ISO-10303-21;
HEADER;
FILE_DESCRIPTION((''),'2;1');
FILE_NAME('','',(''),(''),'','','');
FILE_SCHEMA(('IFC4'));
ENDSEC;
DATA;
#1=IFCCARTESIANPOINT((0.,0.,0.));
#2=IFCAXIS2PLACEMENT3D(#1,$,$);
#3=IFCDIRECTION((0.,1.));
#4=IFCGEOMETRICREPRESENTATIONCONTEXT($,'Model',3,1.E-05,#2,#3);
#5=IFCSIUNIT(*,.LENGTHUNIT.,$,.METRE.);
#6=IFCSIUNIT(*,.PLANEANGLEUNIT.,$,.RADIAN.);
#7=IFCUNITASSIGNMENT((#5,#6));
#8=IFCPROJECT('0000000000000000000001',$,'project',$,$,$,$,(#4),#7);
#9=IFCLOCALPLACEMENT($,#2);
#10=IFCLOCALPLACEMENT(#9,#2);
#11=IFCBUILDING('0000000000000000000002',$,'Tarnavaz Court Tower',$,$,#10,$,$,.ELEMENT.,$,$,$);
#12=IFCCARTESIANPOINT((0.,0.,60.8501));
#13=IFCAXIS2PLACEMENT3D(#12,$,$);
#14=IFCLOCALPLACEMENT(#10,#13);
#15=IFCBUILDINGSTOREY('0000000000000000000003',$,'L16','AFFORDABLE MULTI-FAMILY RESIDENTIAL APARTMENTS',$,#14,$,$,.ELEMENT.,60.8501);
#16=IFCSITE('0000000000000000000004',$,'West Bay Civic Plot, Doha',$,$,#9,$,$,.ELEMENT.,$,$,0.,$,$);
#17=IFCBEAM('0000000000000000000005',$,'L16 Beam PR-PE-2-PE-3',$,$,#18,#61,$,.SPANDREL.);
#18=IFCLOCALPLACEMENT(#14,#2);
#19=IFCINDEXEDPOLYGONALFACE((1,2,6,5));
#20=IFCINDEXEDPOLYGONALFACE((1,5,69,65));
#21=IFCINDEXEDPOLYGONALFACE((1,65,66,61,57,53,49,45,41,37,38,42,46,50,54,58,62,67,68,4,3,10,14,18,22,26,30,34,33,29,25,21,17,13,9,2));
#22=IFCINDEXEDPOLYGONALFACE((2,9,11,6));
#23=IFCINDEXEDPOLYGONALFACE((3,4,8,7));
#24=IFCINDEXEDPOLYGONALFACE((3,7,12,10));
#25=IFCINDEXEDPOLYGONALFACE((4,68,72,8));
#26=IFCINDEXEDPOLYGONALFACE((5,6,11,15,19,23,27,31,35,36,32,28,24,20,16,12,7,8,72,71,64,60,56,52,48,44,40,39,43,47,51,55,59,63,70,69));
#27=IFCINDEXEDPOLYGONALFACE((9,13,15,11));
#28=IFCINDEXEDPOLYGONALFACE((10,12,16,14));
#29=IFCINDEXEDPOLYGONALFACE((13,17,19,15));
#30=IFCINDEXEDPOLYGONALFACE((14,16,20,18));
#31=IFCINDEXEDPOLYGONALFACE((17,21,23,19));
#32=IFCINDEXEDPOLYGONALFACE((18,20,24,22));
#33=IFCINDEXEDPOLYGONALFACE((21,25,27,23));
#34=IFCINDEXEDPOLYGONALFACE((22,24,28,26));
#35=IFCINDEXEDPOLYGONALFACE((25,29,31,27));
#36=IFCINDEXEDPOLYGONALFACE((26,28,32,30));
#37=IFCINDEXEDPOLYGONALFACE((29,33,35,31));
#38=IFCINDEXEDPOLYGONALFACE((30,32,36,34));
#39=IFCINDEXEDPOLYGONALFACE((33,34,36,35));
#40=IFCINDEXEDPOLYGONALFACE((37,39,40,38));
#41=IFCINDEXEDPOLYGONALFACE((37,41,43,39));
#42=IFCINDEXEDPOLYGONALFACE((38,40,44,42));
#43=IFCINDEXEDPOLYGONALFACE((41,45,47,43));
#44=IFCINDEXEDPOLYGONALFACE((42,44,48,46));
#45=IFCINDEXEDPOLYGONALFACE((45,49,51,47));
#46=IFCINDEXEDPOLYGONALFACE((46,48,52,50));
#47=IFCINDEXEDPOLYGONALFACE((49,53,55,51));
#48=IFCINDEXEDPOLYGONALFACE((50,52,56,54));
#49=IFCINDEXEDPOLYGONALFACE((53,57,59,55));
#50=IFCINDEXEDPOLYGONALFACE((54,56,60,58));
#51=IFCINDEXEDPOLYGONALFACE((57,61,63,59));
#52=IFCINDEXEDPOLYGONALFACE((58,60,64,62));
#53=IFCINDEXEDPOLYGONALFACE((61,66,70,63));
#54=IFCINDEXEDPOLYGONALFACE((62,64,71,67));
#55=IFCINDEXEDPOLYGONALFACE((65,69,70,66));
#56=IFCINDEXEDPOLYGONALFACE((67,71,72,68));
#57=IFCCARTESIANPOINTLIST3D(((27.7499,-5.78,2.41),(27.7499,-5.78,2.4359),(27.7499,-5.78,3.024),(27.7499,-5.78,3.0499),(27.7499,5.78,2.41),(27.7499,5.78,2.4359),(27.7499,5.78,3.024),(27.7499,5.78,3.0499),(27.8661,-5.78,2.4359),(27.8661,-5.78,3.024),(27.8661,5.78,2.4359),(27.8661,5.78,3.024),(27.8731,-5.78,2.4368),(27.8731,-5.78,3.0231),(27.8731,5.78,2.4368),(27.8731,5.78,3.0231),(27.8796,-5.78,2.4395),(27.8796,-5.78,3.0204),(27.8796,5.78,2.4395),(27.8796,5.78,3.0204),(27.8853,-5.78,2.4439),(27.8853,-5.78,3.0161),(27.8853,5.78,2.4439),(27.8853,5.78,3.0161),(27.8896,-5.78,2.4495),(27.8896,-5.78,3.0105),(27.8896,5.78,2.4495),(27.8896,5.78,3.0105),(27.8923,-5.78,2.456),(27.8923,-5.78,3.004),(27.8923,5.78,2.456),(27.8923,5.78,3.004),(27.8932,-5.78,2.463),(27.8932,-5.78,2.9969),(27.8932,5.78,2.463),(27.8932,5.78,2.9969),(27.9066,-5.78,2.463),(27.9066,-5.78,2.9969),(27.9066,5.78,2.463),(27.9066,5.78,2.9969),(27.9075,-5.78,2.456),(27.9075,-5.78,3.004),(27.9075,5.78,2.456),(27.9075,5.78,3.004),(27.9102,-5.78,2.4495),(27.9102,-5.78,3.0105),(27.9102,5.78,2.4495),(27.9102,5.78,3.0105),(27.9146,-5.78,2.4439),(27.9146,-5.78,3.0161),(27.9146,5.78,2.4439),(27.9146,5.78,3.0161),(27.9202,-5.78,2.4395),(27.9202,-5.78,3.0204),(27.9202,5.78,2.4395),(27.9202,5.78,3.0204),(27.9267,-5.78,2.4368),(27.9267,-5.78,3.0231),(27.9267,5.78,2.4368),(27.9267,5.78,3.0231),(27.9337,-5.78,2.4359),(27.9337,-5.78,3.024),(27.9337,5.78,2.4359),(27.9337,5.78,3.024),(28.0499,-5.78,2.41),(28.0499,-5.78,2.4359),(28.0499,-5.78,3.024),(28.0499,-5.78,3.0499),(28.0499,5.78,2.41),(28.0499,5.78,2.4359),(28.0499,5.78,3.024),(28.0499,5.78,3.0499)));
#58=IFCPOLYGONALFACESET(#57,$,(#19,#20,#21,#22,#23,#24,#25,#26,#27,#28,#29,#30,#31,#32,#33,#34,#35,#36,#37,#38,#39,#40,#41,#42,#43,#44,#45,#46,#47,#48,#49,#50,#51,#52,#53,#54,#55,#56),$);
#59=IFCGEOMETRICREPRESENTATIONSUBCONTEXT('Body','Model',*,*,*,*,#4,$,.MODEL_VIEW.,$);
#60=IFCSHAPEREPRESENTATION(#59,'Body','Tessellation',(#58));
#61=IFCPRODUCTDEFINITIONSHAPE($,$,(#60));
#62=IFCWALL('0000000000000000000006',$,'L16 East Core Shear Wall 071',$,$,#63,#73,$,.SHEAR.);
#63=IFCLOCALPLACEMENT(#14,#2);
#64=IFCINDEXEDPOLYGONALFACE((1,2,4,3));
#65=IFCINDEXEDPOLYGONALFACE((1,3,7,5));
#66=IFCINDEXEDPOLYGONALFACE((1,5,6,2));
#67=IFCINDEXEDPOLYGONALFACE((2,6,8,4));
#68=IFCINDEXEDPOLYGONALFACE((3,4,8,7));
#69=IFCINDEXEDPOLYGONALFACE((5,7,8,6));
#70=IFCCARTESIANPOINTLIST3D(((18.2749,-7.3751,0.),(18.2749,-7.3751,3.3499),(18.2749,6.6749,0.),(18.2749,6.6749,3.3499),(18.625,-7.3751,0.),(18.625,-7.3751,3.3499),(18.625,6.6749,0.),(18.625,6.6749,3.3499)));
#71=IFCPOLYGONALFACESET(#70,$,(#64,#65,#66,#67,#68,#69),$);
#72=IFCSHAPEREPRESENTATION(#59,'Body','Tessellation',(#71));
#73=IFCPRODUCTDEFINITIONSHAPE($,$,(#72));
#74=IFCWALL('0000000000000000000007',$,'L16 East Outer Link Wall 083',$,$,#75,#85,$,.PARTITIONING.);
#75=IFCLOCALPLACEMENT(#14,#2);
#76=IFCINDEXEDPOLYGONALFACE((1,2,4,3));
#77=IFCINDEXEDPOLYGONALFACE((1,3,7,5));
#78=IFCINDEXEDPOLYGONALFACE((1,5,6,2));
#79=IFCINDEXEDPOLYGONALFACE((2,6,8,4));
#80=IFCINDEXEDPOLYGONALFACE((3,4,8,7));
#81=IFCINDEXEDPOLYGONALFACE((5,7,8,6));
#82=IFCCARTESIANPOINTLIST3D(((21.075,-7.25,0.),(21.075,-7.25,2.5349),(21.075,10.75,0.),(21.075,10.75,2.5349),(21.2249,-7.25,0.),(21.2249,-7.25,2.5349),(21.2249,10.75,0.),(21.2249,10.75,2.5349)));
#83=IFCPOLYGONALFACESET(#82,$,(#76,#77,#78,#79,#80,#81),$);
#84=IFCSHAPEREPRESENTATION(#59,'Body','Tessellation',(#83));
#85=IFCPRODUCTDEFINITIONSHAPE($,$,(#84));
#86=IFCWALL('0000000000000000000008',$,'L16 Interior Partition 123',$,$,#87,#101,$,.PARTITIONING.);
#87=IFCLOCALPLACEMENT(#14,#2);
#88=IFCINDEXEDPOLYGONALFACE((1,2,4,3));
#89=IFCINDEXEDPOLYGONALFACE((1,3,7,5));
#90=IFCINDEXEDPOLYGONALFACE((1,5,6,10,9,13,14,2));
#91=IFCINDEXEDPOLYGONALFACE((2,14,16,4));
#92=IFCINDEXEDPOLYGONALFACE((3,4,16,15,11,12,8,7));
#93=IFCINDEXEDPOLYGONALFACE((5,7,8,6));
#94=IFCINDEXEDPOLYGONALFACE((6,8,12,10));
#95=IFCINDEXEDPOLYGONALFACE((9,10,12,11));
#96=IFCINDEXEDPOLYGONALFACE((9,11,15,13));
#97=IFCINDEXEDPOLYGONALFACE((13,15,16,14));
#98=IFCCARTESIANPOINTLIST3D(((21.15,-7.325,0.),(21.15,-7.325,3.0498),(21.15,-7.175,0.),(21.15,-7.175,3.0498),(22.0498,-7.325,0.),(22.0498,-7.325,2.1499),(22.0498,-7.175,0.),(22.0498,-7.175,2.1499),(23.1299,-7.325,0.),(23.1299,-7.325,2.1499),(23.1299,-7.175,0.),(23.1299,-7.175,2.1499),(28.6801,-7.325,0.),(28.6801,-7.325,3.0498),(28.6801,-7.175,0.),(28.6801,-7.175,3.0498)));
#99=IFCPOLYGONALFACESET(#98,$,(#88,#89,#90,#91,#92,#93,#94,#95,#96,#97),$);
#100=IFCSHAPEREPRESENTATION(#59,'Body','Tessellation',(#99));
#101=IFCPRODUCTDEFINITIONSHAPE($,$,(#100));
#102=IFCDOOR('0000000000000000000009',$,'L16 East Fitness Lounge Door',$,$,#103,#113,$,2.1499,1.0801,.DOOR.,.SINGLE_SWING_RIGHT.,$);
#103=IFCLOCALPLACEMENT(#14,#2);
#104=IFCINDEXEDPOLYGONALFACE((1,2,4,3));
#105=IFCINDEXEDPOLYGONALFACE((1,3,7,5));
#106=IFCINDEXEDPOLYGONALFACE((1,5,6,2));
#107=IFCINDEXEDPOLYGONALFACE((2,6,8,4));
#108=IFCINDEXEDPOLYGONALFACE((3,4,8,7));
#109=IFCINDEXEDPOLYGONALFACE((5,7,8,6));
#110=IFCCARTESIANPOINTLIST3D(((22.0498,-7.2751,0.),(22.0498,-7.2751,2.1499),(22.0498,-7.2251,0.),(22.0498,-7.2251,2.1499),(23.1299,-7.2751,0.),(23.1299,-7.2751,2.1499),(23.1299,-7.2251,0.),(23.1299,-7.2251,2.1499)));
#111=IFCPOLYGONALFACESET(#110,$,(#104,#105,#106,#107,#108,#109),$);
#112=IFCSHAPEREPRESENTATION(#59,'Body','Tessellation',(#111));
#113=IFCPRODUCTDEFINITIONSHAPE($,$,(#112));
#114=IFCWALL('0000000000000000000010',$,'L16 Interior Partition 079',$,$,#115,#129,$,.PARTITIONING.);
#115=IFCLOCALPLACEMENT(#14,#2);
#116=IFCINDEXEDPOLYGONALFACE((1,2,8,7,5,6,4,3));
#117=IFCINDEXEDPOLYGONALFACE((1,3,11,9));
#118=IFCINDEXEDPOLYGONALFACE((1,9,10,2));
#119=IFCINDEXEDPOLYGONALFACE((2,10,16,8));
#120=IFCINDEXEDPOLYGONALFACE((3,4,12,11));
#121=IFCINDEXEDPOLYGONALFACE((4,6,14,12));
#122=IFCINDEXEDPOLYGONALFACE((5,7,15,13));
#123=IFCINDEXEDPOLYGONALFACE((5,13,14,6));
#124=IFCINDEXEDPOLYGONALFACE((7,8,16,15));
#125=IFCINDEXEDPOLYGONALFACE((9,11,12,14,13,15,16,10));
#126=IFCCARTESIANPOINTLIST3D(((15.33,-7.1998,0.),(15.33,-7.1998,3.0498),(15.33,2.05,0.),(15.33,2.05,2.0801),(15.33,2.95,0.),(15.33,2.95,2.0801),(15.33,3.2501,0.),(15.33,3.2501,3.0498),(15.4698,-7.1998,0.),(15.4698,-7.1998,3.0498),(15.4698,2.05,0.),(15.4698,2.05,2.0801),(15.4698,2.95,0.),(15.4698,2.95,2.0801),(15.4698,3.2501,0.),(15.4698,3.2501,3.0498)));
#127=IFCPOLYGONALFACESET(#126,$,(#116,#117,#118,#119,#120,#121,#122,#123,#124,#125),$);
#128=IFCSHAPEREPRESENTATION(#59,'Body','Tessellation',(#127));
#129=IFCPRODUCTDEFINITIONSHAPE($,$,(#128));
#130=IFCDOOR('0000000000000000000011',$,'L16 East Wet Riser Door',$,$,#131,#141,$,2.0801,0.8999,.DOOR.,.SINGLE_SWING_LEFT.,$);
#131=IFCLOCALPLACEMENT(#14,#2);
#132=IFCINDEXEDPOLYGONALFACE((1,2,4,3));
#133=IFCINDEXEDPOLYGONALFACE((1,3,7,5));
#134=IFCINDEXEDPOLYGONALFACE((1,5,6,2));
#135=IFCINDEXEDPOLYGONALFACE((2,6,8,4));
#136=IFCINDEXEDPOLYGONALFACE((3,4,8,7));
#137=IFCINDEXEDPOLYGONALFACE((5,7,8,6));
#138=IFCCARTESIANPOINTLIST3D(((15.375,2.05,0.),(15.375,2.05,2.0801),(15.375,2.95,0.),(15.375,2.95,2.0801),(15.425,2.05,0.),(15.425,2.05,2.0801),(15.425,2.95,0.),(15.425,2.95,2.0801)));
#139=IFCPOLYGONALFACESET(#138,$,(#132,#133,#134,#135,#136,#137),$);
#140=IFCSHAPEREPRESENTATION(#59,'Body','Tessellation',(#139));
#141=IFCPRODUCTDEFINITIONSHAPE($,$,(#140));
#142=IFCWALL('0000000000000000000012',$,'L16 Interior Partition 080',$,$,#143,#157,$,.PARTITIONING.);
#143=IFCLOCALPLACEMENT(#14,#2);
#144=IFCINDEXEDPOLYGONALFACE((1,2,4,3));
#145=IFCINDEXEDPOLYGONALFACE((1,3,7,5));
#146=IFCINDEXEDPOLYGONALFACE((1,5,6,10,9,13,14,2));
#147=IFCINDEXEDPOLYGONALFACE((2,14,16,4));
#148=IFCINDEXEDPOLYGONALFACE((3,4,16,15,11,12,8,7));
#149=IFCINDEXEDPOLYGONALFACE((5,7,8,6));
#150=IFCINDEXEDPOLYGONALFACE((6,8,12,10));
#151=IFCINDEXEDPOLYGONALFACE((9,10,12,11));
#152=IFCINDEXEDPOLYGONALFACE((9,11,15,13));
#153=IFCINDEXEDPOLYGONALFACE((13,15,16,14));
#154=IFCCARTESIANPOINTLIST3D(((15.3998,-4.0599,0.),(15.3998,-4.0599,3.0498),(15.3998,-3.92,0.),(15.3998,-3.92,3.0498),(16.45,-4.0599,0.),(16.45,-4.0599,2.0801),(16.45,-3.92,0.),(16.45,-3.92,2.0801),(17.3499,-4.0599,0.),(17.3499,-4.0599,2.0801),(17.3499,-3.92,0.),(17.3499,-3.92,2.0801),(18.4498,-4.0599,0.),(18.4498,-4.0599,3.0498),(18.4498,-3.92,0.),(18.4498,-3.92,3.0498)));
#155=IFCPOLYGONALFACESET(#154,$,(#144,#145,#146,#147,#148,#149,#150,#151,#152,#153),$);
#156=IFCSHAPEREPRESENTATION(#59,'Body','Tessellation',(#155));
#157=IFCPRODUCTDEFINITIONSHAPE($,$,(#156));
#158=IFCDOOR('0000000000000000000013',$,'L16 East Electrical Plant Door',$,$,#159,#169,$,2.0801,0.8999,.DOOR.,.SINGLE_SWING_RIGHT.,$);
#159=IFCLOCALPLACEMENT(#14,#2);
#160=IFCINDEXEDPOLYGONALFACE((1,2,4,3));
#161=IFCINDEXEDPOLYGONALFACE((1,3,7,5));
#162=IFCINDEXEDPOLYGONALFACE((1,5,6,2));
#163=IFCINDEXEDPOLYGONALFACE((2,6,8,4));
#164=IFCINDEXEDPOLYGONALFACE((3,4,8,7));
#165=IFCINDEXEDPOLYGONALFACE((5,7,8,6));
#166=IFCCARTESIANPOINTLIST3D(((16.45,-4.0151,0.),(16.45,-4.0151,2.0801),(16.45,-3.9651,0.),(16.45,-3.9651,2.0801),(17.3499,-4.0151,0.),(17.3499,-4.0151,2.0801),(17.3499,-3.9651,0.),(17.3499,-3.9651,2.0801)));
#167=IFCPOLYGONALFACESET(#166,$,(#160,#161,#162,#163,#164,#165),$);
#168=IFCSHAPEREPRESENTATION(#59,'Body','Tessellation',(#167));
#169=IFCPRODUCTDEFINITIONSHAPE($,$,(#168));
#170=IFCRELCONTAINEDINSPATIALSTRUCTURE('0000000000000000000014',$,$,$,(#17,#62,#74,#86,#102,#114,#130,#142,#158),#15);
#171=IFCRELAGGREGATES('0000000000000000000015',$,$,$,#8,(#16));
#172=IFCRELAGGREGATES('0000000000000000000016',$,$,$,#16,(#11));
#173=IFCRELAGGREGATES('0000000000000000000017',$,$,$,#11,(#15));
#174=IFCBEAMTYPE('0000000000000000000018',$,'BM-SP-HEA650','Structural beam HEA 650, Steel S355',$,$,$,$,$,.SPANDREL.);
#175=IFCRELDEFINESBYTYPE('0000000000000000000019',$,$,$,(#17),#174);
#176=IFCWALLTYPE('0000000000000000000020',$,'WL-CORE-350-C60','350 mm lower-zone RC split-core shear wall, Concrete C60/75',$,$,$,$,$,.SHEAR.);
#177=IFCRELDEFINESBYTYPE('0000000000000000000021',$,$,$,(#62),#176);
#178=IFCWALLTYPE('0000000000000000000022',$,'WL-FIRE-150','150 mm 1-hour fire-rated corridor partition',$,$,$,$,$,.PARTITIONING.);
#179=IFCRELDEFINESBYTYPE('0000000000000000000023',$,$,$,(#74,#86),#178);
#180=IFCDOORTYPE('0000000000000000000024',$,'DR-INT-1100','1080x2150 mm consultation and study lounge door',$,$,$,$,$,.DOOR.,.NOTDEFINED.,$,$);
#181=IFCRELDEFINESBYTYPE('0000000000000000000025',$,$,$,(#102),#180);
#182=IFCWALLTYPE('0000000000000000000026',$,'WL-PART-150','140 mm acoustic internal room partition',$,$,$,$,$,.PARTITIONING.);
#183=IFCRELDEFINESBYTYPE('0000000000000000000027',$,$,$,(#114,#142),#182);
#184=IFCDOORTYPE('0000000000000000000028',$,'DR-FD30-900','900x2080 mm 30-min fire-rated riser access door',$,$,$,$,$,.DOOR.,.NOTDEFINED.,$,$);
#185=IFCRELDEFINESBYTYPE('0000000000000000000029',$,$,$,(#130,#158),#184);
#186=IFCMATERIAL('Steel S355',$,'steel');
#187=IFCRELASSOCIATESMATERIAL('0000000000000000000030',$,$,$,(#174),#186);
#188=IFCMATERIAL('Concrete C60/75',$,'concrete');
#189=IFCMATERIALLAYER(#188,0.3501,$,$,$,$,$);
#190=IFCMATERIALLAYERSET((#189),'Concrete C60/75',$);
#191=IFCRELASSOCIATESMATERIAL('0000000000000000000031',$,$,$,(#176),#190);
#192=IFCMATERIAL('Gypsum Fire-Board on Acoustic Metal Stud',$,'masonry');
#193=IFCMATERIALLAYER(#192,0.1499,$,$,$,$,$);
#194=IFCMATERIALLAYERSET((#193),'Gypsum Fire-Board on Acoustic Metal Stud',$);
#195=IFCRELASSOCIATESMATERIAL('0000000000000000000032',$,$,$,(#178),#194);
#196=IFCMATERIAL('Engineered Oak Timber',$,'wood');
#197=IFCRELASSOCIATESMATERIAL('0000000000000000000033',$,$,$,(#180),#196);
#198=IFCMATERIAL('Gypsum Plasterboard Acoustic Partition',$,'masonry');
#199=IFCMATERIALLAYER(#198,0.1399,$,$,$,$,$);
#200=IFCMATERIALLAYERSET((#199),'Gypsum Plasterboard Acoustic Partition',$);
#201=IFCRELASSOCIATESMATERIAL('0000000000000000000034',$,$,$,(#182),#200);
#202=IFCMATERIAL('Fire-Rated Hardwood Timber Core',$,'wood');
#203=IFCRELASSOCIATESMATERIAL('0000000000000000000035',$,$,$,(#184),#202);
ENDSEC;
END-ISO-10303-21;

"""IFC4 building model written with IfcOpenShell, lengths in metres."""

from ifc_helpers import new_model, si_unit, direction, frame, frame_2d, origin, origin_2d, place, context, subcontext, project, spatial, rectangle, i_section, extrude, material, layer, layer_set, material_profile, profile_set, type_object, element, fill, save


model = new_model("IFC4")

# Units and contexts
model_context = context("Model", 3, precision=1e-05, world=origin(), true_north=direction((0.0, 1.0)))
body_context = subcontext(model_context, "Body", "Model", "MODEL_VIEW")
ifc_project = project(units=[si_unit("LENGTHUNIT", "METRE"), si_unit("PLANEANGLEUNIT", "RADIAN")], contexts=[model_context])

# Site, building, storey
site_placement = place(None, origin())
site = spatial("IfcSite", under=ifc_project, at=site_placement, Name="West Bay Civic Plot, Doha", CompositionType="ELEMENT", RefElevation=0.0)
building_placement = place(site_placement, origin())
building = spatial("IfcBuilding", under=site, at=building_placement, Name="Tarnavaz Court Tower", CompositionType="ELEMENT")
storey_placement = place(building_placement, frame((0.0, 0.0, 60.8501)))
storey = spatial("IfcBuildingStorey", under=building, at=storey_placement, Name="L16", Description="AFFORDABLE MULTI-FAMILY RESIDENTIAL APARTMENTS", CompositionType="ELEMENT", Elevation=60.8501)

# Shared definitions
ifc_material_1 = material(Name="Concrete C60/75", Category="concrete")

# Beam
ifc_material_2 = material(Name="Steel S355", Category="steel")
ifc_material_profile_1 = material_profile(ifc_material_2, i_section(OverallWidth=0.3, OverallDepth=0.6399, WebThickness=0.0134, FlangeThickness=0.0259, FilletRadius=0.0271, at=origin_2d()), Name="HEA 650")
ifc_profile_set_1 = profile_set([ifc_material_profile_1], Name="Steel S355")
beam_type_1 = type_object("IfcBeamType", Name="BM-SP-HEA650", Description="Structural beam HEA 650, Steel S355", PredefinedType="SPANDREL", material=ifc_profile_set_1)
beam_1_placement = place(storey_placement, frame((27.8999, -5.78, 2.73), z_axis=(0.0, 1.0, 0.0), x_axis=(-1.0, 0.0, 0.0)))
element("IfcBeam", 1, at=beam_1_placement, inside=storey, type_object=beam_type_1, Name="L16 Beam PR-PE-2-PE-3", PredefinedType="SPANDREL", context=body_context, shape_type="SweptSolid", body=[
    extrude(i_section(OverallWidth=0.3, OverallDepth=0.6399, WebThickness=0.0134, FlangeThickness=0.0259, FilletRadius=0.0271, at=origin_2d()), origin(), (0.0, 0.0, 1.0), 11.5601),
])

# Walls
ifc_layer_1 = layer(ifc_material_1, 0.3501)
ifc_layer_set_1 = layer_set([ifc_layer_1], Name="Concrete C60/75")
wall_type_1 = type_object("IfcWallType", Name="WL-CORE-350-C60", Description="350 mm lower-zone RC split-core shear wall, Concrete C60/75", PredefinedType="SHEAR", material=ifc_layer_set_1)
wall_1_placement = place(storey_placement, frame((18.45, -7.375, 0.0), z_axis=(0.0, 0.0, 1.0), x_axis=(0.0, 1.0, 0.0)))
element("IfcWall", 2, at=wall_1_placement, inside=storey, type_object=wall_type_1, Name="L16 East Core Shear Wall 071", PredefinedType="SHEAR", context=body_context, shape_type="SweptSolid", body=[
    extrude(rectangle(XDim=14.05, YDim=0.3501, at=frame_2d((7.0249, 0.0))), origin(), (0.0, 0.0, 1.0), 3.3499),
])
ifc_material_3 = material(Name="Gypsum Fire-Board on Acoustic Metal Stud", Category="masonry")
ifc_layer_2 = layer(ifc_material_3, 0.1499)
ifc_layer_set_2 = layer_set([ifc_layer_2], Name="Gypsum Fire-Board on Acoustic Metal Stud")
wall_type_2 = type_object("IfcWallType", Name="WL-FIRE-150", Description="150 mm 1-hour fire-rated corridor partition", PredefinedType="PARTITIONING", material=ifc_layer_set_2)
wall_2_placement = place(storey_placement, frame((21.1499, -7.25, 0.0), z_axis=(0.0, 0.0, 1.0), x_axis=(0.0, 1.0, 0.0)))
element("IfcWall", 3, at=wall_2_placement, inside=storey, type_object=wall_type_2, Name="L16 East Outer Link Wall 083", PredefinedType="PARTITIONING", context=body_context, shape_type="SweptSolid", body=[
    extrude(rectangle(XDim=18.0, YDim=0.1499, at=frame_2d((9.0, 0.0))), origin(), (0.0, 0.0, 1.0), 2.5349),
])

# Walls, openings, doors
wall_3_placement = place(storey_placement, frame((21.1499, -7.25, 0.0), z_axis=(0.0, 0.0, 1.0), x_axis=(1.0, 0.0, 0.0)))
wall_3 = element("IfcWall", 4, at=wall_3_placement, inside=storey, type_object=wall_type_2, Name="L16 Interior Partition 123", PredefinedType="PARTITIONING", context=body_context, shape_type="SweptSolid", body=[
    extrude(rectangle(XDim=7.53, YDim=0.1499, at=frame_2d((3.7651, 0.0))), origin(), (0.0, 0.0, 1.0), 3.0498),
])
opening_1_placement = place(wall_3_placement, frame((0.8999, 0.0, 0.0)))
opening_1 = element("IfcOpeningElement", 5, at=opening_1_placement, cuts=wall_3, PredefinedType="OPENING", context=body_context, shape_type="SweptSolid", body=[
    extrude(rectangle(XDim=1.0801, YDim=2.1499, at=frame_2d((0.54, 1.075))), frame((0.0, 0.085, 0.0), z_axis=(0.0, -1.0, 0.0), x_axis=(1.0, 0.0, 0.0)), (0.0, 0.0, 1.0), 0.1699),
])
ifc_material_4 = material(Name="Engineered Oak Timber", Category="wood")
door_type_1 = type_object("IfcDoorType", Name="DR-INT-1100", Description="1080x2150 mm consultation and study lounge door", OperationType="NOTDEFINED", PredefinedType="DOOR", material=ifc_material_4)
door_1_placement = place(opening_1_placement, origin())
door_1 = element("IfcDoor", 6, at=door_1_placement, inside=storey, type_object=door_type_1, Name="L16 East Fitness Lounge Door", OperationType="SINGLE_SWING_RIGHT", OverallHeight=2.1499, OverallWidth=1.0801, PredefinedType="DOOR", context=body_context, shape_type="SweptSolid", body=[
    extrude(rectangle(XDim=1.0801, YDim=2.1499, at=frame_2d((0.54, 1.075))), frame((0.0, 0.0249, 0.0), z_axis=(0.0, -1.0, 0.0), x_axis=(1.0, 0.0, 0.0)), (0.0, 0.0, 1.0), 0.05),
])
fill(opening_1, door_1)
ifc_material_5 = material(Name="Gypsum Plasterboard Acoustic Partition", Category="masonry")
ifc_layer_3 = layer(ifc_material_5, 0.1399)
ifc_layer_set_3 = layer_set([ifc_layer_3], Name="Gypsum Plasterboard Acoustic Partition")
wall_type_3 = type_object("IfcWallType", Name="WL-PART-150", Description="140 mm acoustic internal room partition", PredefinedType="PARTITIONING", material=ifc_layer_set_3)
wall_4_placement = place(storey_placement, frame((15.3999, -7.2, 0.0), z_axis=(0.0, 0.0, 1.0), x_axis=(0.0, 1.0, 0.0)))
wall_4 = element("IfcWall", 7, at=wall_4_placement, inside=storey, type_object=wall_type_3, Name="L16 Interior Partition 079", PredefinedType="PARTITIONING", context=body_context, shape_type="SweptSolid", body=[
    extrude(rectangle(XDim=10.45, YDim=0.1399, at=frame_2d((5.2251, 0.0))), origin(), (0.0, 0.0, 1.0), 3.0498),
])
opening_2_placement = place(wall_4_placement, frame((9.25, 0.0, 0.0)))
opening_2 = element("IfcOpeningElement", 8, at=opening_2_placement, cuts=wall_4, PredefinedType="OPENING", context=body_context, shape_type="SweptSolid", body=[
    extrude(rectangle(XDim=0.8999, YDim=2.0801, at=frame_2d((0.45, 1.04))), frame((0.0, 0.0798, 0.0), z_axis=(0.0, -1.0, 0.0), x_axis=(1.0, 0.0, 0.0)), (0.0, 0.0, 1.0), 0.1599),
])
ifc_material_6 = material(Name="Fire-Rated Hardwood Timber Core", Category="wood")
door_type_2 = type_object("IfcDoorType", Name="DR-FD30-900", Description="900x2080 mm 30-min fire-rated riser access door", OperationType="NOTDEFINED", PredefinedType="DOOR", material=ifc_material_6)
door_2_placement = place(opening_2_placement, origin())
door_2 = element("IfcDoor", 9, at=door_2_placement, inside=storey, type_object=door_type_2, Name="L16 East Wet Riser Door", OperationType="SINGLE_SWING_LEFT", OverallHeight=2.0801, OverallWidth=0.8999, PredefinedType="DOOR", context=body_context, shape_type="SweptSolid", body=[
    extrude(rectangle(XDim=0.8999, YDim=2.0801, at=frame_2d((0.45, 1.04))), frame((0.0, 0.0249, 0.0), z_axis=(0.0, -1.0, 0.0), x_axis=(1.0, 0.0, 0.0)), (0.0, 0.0, 1.0), 0.05),
])
fill(opening_2, door_2)
wall_5_placement = place(storey_placement, frame((15.3999, -3.99, 0.0), z_axis=(0.0, 0.0, 1.0), x_axis=(1.0, 0.0, 0.0)))
wall_5 = element("IfcWall", 10, at=wall_5_placement, inside=storey, type_object=wall_type_3, Name="L16 Interior Partition 080", PredefinedType="PARTITIONING", context=body_context, shape_type="SweptSolid", body=[
    extrude(rectangle(XDim=3.05, YDim=0.1399, at=frame_2d((1.5249, 0.0))), origin(), (0.0, 0.0, 1.0), 3.0498),
])
opening_3_placement = place(wall_5_placement, frame((1.05, 0.0, 0.0)))
opening_3 = element("IfcOpeningElement", 11, at=opening_3_placement, cuts=wall_5, PredefinedType="OPENING", context=body_context, shape_type="SweptSolid", body=[
    extrude(rectangle(XDim=0.8999, YDim=2.0801, at=frame_2d((0.45, 1.04))), frame((0.0, 0.0798, 0.0), z_axis=(0.0, -1.0, 0.0), x_axis=(1.0, 0.0, 0.0)), (0.0, 0.0, 1.0), 0.1599),
])
door_3_placement = place(opening_3_placement, origin())
door_3 = element("IfcDoor", 12, at=door_3_placement, inside=storey, type_object=door_type_2, Name="L16 East Electrical Plant Door", OperationType="SINGLE_SWING_RIGHT", OverallHeight=2.0801, OverallWidth=0.8999, PredefinedType="DOOR", context=body_context, shape_type="SweptSolid", body=[
    extrude(rectangle(XDim=0.8999, YDim=2.0801, at=frame_2d((0.45, 1.04))), frame((0.0, 0.0249, 0.0), z_axis=(0.0, -1.0, 0.0), x_axis=(1.0, 0.0, 0.0)), (0.0, 0.0, 1.0), 0.05),
])
fill(opening_3, door_3)

save(model, "model.ifc")
